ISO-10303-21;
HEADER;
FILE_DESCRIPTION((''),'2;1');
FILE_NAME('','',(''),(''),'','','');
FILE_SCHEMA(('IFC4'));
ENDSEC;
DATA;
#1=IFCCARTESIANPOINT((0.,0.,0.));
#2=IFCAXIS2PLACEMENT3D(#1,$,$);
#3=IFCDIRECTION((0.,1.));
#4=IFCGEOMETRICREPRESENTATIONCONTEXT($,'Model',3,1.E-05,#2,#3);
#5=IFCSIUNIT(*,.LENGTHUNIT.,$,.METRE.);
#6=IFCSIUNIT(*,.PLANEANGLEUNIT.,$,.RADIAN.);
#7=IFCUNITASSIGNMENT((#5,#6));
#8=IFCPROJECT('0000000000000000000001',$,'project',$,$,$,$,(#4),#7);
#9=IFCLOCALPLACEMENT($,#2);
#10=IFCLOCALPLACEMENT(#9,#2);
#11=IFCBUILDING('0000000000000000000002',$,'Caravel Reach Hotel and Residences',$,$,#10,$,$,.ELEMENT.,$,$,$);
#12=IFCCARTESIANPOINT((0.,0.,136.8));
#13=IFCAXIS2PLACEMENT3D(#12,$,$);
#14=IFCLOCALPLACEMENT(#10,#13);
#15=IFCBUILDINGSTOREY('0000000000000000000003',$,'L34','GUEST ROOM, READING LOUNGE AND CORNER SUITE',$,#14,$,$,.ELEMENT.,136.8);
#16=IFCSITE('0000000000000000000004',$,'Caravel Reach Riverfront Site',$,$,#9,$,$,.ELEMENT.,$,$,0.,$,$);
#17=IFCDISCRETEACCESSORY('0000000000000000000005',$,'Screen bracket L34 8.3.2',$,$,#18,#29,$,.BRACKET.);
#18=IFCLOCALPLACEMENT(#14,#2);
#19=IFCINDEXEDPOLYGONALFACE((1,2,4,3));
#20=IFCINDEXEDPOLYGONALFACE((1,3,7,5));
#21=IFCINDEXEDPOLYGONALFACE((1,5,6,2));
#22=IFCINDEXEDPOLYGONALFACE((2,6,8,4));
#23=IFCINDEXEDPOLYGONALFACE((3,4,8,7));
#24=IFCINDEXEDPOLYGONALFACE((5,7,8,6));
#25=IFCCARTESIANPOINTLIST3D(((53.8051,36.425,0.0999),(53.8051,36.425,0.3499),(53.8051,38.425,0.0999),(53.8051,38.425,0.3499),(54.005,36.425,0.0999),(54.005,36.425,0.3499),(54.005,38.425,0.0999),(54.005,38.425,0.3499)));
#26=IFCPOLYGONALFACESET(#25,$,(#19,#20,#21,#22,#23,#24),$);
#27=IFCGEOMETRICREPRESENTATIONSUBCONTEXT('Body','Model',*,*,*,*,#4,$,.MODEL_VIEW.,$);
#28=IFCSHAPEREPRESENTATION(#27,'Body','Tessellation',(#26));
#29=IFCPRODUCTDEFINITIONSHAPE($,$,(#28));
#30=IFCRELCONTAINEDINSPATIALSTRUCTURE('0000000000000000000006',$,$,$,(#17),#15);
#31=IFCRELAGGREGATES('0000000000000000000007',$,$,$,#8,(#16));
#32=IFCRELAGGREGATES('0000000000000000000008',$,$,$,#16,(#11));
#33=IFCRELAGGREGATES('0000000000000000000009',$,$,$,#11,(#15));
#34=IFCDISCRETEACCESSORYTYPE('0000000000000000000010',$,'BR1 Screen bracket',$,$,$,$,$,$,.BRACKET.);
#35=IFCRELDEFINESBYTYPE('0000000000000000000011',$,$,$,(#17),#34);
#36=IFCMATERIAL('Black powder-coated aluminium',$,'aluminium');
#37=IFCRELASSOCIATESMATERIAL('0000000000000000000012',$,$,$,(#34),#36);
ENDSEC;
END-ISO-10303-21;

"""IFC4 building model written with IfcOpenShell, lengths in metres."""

from ifc_helpers import new_model, si_unit, direction, frame, origin, origin_2d, place, context, subcontext, project, spatial, rectangle, extrude, material, type_object, element, save


model = new_model("IFC4")

# Units and contexts
model_context = context("Model", 3, precision=1e-05, world=origin(), true_north=direction((0.0, 1.0)))
body_context = subcontext(model_context, "Body", "Model", "MODEL_VIEW")
ifc_project = project(units=[si_unit("LENGTHUNIT", "METRE"), si_unit("PLANEANGLEUNIT", "RADIAN")], contexts=[model_context])

# Site, building, storey
site_placement = place(None, origin())
site = spatial("IfcSite", under=ifc_project, at=site_placement, Name="Caravel Reach Riverfront Site", CompositionType="ELEMENT", RefElevation=0.0)
building_placement = place(site_placement, origin())
building = spatial("IfcBuilding", under=site, at=building_placement, Name="Caravel Reach Hotel and Residences", CompositionType="ELEMENT")
storey_placement = place(building_placement, frame((0.0, 0.0, 136.8)))
storey = spatial("IfcBuildingStorey", under=building, at=storey_placement, Name="L34", Description="GUEST ROOM, READING LOUNGE AND CORNER SUITE", CompositionType="ELEMENT", Elevation=136.8)

# Discrete accessory
ifc_material_1 = material(Name="Black powder-coated aluminium", Category="aluminium")
discrete_accessory_type = type_object("IfcDiscreteAccessoryType", Name="BR1 Screen bracket", PredefinedType="BRACKET", material=ifc_material_1)
for number, where, z_axis, x_axis, name in (
    (1, (53.905, 37.425, 0.0999), (0.0, 0.0, 1.0), (0.0, 1.0, 0.0), "Screen bracket L34 8.3.2"),
):
    element("IfcDiscreteAccessory", number, at=place(storey_placement, frame(where, z_axis=z_axis, x_axis=x_axis)), inside=storey, type_object=discrete_accessory_type, Name=name, PredefinedType="BRACKET", context=body_context, shape_type="SweptSolid", body=[
        extrude(rectangle(XDim=2.0, YDim=0.2, at=origin_2d()), origin(), (0.0, 0.0, 1.0), 0.25),
    ])

save(model, "model.ifc")
